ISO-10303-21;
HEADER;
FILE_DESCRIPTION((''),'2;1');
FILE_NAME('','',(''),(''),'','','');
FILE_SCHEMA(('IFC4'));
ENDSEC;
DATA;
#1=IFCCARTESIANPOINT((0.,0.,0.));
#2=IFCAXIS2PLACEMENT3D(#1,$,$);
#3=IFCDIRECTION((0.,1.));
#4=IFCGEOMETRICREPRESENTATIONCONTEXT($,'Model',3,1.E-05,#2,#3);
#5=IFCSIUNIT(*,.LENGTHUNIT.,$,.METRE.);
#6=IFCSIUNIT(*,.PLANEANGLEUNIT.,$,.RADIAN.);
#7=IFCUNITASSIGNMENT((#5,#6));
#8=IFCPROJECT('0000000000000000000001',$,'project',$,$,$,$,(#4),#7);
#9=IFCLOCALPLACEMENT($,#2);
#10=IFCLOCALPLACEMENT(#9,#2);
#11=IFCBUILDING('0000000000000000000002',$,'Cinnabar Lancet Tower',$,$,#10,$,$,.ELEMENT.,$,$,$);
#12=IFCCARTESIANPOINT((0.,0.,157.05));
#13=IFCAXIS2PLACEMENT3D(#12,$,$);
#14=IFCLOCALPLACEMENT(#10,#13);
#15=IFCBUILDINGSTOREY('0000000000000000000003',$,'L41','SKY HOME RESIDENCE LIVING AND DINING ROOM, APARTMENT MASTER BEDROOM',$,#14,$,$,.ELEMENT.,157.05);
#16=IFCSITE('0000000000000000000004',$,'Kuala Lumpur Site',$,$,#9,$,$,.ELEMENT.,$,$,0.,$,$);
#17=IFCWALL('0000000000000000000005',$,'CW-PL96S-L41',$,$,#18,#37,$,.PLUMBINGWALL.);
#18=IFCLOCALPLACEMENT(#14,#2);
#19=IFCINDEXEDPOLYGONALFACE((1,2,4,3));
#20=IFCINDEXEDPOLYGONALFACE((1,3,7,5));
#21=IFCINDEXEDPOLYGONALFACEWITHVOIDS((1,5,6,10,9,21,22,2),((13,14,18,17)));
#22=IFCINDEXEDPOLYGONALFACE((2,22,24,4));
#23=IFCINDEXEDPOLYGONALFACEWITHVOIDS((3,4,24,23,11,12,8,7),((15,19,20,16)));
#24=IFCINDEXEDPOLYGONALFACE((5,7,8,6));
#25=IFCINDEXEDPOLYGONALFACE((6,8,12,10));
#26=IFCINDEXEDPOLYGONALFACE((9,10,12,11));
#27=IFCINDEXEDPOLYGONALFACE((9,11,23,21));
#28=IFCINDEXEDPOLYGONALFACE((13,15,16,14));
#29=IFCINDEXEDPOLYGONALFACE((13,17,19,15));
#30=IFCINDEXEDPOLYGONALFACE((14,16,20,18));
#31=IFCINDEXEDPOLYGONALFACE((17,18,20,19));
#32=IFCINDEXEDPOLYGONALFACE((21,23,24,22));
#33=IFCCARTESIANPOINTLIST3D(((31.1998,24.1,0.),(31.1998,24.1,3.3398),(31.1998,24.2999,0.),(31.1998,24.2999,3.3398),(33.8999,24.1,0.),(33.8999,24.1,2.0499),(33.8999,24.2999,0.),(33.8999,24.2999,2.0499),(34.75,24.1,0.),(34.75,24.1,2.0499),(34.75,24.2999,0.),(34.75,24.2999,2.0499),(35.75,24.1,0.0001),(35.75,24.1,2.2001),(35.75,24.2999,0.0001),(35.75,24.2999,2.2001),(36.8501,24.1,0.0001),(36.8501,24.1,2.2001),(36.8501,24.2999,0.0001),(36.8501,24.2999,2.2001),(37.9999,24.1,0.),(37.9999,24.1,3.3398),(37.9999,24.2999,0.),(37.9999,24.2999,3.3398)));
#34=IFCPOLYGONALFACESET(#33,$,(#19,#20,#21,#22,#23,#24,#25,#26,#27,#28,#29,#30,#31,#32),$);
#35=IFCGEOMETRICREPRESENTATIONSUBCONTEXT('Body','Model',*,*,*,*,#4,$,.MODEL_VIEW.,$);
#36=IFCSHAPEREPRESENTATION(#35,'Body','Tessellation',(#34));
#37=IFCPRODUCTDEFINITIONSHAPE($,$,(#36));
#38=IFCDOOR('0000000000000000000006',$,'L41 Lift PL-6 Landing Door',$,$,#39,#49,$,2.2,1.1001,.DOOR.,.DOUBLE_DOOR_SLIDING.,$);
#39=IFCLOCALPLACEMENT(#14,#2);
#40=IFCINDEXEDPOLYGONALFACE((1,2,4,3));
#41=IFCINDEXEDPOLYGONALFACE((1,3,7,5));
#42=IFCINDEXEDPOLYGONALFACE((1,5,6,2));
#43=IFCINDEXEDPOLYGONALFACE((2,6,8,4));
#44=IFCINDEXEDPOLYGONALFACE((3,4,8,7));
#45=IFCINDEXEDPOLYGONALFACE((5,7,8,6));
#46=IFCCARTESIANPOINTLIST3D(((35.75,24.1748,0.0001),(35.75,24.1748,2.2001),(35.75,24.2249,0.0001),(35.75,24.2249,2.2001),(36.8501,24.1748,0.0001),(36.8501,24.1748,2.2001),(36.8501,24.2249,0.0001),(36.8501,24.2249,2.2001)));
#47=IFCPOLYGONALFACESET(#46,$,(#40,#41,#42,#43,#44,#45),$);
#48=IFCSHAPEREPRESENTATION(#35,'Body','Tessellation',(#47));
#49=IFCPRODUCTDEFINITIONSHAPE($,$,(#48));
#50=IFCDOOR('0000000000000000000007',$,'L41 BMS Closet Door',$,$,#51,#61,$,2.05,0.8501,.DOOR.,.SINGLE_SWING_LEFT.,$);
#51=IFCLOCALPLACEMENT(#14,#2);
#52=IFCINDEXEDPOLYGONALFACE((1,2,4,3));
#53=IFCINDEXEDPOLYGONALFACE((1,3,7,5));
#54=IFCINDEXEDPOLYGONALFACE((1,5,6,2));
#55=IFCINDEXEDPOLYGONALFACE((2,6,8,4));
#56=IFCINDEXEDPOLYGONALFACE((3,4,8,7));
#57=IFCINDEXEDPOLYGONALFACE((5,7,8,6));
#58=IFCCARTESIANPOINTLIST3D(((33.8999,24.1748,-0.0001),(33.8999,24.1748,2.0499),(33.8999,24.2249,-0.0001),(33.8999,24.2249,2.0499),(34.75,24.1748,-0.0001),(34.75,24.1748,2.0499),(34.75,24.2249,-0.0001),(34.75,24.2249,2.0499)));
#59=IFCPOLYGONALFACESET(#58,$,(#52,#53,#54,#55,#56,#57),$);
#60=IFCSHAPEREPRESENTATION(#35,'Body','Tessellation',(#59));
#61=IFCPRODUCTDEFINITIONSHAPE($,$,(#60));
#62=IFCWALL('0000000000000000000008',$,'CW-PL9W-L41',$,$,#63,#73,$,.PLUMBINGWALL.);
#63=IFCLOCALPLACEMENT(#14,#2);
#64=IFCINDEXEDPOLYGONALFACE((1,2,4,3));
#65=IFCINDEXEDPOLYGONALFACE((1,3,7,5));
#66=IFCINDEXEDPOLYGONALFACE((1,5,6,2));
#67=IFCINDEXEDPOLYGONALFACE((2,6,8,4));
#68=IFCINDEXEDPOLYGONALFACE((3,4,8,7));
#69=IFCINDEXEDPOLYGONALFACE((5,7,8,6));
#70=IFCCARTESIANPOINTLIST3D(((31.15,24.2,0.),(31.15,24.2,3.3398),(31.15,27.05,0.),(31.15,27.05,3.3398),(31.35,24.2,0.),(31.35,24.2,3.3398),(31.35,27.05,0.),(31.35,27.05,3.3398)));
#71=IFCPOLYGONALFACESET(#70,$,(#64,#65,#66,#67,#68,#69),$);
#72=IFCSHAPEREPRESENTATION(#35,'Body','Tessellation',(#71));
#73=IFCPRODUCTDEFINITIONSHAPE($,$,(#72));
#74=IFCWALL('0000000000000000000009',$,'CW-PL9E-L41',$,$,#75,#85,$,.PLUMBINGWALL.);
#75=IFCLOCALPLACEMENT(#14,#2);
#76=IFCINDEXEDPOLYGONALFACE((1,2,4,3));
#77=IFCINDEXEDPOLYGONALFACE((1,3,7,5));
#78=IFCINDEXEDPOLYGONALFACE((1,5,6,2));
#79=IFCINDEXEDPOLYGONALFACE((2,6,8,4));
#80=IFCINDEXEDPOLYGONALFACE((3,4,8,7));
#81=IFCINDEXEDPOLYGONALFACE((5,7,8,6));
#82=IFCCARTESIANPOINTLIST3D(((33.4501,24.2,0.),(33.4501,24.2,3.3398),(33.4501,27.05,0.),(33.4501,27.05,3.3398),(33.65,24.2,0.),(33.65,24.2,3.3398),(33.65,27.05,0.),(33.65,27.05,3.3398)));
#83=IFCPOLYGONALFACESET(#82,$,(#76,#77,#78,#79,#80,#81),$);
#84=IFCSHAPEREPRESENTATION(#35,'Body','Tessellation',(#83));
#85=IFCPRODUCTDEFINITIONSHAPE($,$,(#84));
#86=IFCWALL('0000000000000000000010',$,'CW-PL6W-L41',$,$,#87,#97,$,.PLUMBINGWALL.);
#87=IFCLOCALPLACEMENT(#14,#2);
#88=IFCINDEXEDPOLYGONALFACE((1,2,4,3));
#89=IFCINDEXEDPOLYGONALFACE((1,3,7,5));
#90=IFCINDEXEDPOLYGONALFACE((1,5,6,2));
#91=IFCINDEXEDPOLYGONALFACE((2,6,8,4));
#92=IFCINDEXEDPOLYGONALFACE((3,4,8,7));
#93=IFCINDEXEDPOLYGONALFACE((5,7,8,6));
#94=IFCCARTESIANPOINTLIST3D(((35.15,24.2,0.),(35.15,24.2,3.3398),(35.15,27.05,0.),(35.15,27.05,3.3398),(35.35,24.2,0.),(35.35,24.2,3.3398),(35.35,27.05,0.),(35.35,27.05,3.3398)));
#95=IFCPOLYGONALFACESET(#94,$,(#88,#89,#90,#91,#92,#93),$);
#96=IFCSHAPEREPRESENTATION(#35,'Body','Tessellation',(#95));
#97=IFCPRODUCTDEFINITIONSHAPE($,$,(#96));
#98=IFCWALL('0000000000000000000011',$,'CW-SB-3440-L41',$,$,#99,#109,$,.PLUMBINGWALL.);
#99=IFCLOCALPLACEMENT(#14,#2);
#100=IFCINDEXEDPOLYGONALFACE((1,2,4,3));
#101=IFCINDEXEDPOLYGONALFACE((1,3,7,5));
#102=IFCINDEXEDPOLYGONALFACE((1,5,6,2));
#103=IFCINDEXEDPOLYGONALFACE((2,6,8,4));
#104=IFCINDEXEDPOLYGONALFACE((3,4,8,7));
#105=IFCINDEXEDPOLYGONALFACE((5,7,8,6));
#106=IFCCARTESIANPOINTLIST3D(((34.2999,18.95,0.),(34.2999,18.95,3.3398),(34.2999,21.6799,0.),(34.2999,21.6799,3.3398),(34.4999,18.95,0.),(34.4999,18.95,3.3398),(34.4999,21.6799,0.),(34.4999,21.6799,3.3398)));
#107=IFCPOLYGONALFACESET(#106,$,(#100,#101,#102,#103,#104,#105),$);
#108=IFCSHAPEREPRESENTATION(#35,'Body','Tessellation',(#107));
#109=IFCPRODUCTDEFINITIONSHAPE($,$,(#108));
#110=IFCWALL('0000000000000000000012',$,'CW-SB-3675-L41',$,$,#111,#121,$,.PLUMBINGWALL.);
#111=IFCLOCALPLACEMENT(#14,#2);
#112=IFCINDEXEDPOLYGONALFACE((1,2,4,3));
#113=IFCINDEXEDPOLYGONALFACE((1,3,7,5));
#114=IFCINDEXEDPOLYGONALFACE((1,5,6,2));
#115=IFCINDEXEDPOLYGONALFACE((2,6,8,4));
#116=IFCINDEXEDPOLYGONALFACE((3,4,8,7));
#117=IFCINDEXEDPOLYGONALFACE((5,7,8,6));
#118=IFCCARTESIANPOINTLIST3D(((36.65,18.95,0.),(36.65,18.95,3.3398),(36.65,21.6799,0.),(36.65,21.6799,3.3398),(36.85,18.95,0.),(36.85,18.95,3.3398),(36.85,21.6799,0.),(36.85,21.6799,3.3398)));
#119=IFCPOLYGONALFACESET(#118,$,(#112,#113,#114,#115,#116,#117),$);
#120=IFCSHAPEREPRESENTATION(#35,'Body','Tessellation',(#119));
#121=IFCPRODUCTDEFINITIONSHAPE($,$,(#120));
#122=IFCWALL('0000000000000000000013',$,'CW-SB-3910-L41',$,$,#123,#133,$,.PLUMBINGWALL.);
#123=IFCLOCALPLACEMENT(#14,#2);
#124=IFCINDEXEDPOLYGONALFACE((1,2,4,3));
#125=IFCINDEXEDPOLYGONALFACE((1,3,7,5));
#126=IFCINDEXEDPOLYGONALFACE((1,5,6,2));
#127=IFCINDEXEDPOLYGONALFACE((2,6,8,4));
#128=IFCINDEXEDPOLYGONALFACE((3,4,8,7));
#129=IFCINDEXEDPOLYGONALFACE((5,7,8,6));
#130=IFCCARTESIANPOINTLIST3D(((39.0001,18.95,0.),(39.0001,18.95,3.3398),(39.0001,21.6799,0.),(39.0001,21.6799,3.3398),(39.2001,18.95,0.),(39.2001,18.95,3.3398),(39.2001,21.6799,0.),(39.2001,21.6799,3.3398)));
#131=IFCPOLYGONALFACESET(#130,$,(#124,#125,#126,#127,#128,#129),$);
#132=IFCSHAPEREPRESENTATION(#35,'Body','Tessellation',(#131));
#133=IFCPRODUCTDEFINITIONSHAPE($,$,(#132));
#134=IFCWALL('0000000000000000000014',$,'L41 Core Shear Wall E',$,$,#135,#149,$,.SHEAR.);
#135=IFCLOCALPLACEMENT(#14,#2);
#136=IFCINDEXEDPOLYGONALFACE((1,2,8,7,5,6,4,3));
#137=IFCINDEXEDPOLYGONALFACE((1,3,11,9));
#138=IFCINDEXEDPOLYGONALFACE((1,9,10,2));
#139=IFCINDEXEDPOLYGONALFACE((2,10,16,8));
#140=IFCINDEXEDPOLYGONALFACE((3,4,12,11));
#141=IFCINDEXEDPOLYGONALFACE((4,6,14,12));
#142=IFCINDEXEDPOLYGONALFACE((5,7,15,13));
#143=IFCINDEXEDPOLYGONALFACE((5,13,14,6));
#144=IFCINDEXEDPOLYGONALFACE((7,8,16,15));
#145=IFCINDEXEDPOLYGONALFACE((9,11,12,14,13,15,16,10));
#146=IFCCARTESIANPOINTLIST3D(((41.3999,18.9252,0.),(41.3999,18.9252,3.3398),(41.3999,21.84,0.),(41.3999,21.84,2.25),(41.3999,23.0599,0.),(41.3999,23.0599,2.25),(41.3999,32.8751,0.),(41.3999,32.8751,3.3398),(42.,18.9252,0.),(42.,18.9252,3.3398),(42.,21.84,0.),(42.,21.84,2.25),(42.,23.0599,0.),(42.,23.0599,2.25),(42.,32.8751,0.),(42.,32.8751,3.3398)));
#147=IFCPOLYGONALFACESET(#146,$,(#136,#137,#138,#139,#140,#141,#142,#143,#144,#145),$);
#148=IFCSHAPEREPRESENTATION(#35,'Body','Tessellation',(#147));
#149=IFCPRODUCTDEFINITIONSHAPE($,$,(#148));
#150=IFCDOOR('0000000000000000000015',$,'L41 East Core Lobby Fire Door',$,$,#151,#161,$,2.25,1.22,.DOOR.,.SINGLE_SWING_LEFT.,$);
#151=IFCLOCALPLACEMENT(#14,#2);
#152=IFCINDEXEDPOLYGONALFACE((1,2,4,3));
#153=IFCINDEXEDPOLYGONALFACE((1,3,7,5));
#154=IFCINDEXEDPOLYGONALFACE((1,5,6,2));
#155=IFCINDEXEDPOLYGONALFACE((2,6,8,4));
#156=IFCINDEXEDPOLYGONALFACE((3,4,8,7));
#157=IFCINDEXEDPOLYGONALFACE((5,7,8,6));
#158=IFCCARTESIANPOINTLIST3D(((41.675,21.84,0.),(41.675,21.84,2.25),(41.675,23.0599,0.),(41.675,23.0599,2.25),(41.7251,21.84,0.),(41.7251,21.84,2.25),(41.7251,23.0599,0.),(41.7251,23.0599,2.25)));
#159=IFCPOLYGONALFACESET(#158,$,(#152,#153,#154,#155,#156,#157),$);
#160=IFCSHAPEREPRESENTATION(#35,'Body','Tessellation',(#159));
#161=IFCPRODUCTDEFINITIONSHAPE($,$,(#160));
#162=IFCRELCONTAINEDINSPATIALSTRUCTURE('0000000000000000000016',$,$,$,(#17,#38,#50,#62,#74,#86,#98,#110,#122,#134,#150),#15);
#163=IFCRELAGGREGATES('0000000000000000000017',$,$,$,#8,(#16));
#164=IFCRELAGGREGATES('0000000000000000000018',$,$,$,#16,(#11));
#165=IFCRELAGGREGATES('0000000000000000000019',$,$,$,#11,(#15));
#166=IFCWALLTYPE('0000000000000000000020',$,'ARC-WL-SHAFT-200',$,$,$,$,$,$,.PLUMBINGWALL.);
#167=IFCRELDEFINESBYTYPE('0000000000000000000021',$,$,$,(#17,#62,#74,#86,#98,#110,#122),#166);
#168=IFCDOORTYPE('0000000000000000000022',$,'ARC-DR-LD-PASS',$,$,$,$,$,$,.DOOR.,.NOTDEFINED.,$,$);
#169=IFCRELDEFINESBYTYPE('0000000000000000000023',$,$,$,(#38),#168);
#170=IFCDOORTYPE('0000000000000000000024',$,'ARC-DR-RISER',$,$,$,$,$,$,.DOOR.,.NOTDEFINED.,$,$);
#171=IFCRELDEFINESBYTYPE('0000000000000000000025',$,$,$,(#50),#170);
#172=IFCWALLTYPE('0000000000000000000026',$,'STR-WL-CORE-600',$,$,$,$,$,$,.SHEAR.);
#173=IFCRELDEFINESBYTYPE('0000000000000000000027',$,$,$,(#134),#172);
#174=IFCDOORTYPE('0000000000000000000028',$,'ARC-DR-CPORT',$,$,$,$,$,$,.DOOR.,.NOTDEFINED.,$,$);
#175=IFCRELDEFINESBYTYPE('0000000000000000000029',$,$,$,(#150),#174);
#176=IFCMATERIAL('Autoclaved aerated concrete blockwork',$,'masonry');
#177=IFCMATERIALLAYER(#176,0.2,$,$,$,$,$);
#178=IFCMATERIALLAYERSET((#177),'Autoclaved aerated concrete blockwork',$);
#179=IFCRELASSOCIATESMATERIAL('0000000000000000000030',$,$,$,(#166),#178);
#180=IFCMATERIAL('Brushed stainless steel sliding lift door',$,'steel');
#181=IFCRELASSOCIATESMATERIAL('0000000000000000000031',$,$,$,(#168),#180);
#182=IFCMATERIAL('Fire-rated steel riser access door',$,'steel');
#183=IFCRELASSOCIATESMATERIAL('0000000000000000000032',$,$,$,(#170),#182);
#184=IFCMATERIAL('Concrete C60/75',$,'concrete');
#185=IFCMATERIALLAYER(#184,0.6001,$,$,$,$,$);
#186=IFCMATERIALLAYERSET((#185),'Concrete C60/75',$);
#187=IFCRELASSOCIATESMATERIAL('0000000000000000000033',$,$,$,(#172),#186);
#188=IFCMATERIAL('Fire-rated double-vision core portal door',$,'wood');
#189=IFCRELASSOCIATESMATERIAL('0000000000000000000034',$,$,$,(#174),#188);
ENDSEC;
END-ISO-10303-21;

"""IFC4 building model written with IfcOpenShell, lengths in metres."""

from ifc_helpers import new_model, si_unit, direction, frame, frame_2d, origin, place, context, subcontext, project, spatial, rectangle, extrude, material, layer, layer_set, type_object, element, fill, save


model = new_model("IFC4")

# Units and contexts
model_context = context("Model", 3, precision=1e-05, world=origin(), true_north=direction((0.0, 1.0)))
body_context = subcontext(model_context, "Body", "Model", "MODEL_VIEW")
ifc_project = project(units=[si_unit("LENGTHUNIT", "METRE"), si_unit("PLANEANGLEUNIT", "RADIAN")], contexts=[model_context])

# Site, building, storey
site_placement = place(None, origin())
site = spatial("IfcSite", under=ifc_project, at=site_placement, Name="Kuala Lumpur Site", CompositionType="ELEMENT", RefElevation=0.0)
building_placement = place(site_placement, origin())
building = spatial("IfcBuilding", under=site, at=building_placement, Name="Cinnabar Lancet Tower", CompositionType="ELEMENT")
storey_placement = place(building_placement, frame((0.0, 0.0, 157.05)))
storey = spatial("IfcBuildingStorey", under=building, at=storey_placement, Name="L41", Description="SKY HOME RESIDENCE LIVING AND DINING ROOM, APARTMENT MASTER BEDROOM", CompositionType="ELEMENT", Elevation=157.05)

# Shared definitions
ifc_material_1 = material(Name="Autoclaved aerated concrete blockwork", Category="masonry")
ifc_layer_1 = layer(ifc_material_1, 0.2)
ifc_layer_set_1 = layer_set([ifc_layer_1], Name="Autoclaved aerated concrete blockwork")
wall_type_1 = type_object("IfcWallType", Name="ARC-WL-SHAFT-200", PredefinedType="PLUMBINGWALL", material=ifc_layer_set_1)

# Wall, openings, doors
wall_1_placement = place(storey_placement, frame((31.2, 24.2, 0.0), z_axis=(0.0, 0.0, 1.0), x_axis=(1.0, 0.0, 0.0)))
wall_1 = element("IfcWall", 1, at=wall_1_placement, inside=storey, type_object=wall_type_1, Name="CW-PL96S-L41", PredefinedType="PLUMBINGWALL", context=body_context, shape_type="SweptSolid", body=[
    extrude(rectangle(XDim=6.8, YDim=0.2, at=frame_2d((3.3999, 0.0))), origin(), (0.0, 0.0, 1.0), 3.3398),
])
opening_1_placement = place(wall_1_placement, frame((2.7, 0.0, 0.0)))
opening_1 = element("IfcOpeningElement", 2, at=opening_1_placement, cuts=wall_1, PredefinedType="OPENING", context=body_context, shape_type="SweptSolid", body=[
    extrude(rectangle(XDim=0.8501, YDim=2.05, at=frame_2d((0.425, 1.0249))), frame((0.0, 0.1099, 0.0), z_axis=(0.0, -1.0, 0.0), x_axis=(1.0, 0.0, 0.0)), (0.0, 0.0, 1.0), 0.22),
])
opening_2_placement = place(wall_1_placement, frame((4.55, 0.0, 0.0)))
opening_2 = element("IfcOpeningElement", 3, at=opening_2_placement, cuts=wall_1, PredefinedType="OPENING", context=body_context, shape_type="SweptSolid", body=[
    extrude(rectangle(XDim=1.1001, YDim=2.2, at=frame_2d((0.55, 1.1001))), frame((0.0, 0.1099, 0.0), z_axis=(0.0, -1.0, 0.0), x_axis=(1.0, 0.0, 0.0)), (0.0, 0.0, 1.0), 0.22),
])
ifc_material_2 = material(Name="Brushed stainless steel sliding lift door", Category="steel")
door_type_1 = type_object("IfcDoorType", Name="ARC-DR-LD-PASS", OperationType="NOTDEFINED", PredefinedType="DOOR", material=ifc_material_2)
door_1_placement = place(opening_2_placement, origin())
door_1 = element("IfcDoor", 4, at=door_1_placement, inside=storey, type_object=door_type_1, Name="L41 Lift PL-6 Landing Door", OperationType="DOUBLE_DOOR_SLIDING", OverallHeight=2.2, OverallWidth=1.1001, PredefinedType="DOOR", context=body_context, shape_type="SweptSolid", body=[
    extrude(rectangle(XDim=1.1001, YDim=2.2, at=frame_2d((0.55, 1.1001))), frame((0.0, 0.0249, 0.0), z_axis=(0.0, -1.0, 0.0), x_axis=(1.0, 0.0, 0.0)), (0.0, 0.0, 1.0), 0.05),
])
fill(opening_2, door_1)
ifc_material_3 = material(Name="Fire-rated steel riser access door", Category="steel")
door_type_2 = type_object("IfcDoorType", Name="ARC-DR-RISER", OperationType="NOTDEFINED", PredefinedType="DOOR", material=ifc_material_3)
door_2_placement = place(opening_1_placement, origin())
door_2 = element("IfcDoor", 5, at=door_2_placement, inside=storey, type_object=door_type_2, Name="L41 BMS Closet Door", OperationType="SINGLE_SWING_LEFT", OverallHeight=2.05, OverallWidth=0.8501, PredefinedType="DOOR", context=body_context, shape_type="SweptSolid", body=[
    extrude(rectangle(XDim=0.8501, YDim=2.05, at=frame_2d((0.425, 1.0249))), frame((0.0, 0.0249, 0.0), z_axis=(0.0, -1.0, 0.0), x_axis=(1.0, 0.0, 0.0)), (0.0, 0.0, 1.0), 0.05),
])
fill(opening_1, door_2)

# Walls
for number, where, z_axis, x_axis, name in (
    (6, (31.25, 24.2, 0.0), (0.0, 0.0, 1.0), (0.0, 1.0, 0.0), "CW-PL9W-L41"),
    (7, (33.55, 24.2, 0.0), (0.0, 0.0, 1.0), (0.0, 1.0, 0.0), "CW-PL9E-L41"),
    (8, (35.25, 24.2, 0.0), (0.0, 0.0, 1.0), (0.0, 1.0, 0.0), "CW-PL6W-L41"),
):
    element("IfcWall", number, at=place(storey_placement, frame(where, z_axis=z_axis, x_axis=x_axis)), inside=storey, type_object=wall_type_1, Name=name, PredefinedType="PLUMBINGWALL", context=body_context, shape_type="SweptSolid", body=[
        extrude(rectangle(XDim=2.8501, YDim=0.2, at=frame_2d((1.425, 0.0))), origin(), (0.0, 0.0, 1.0), 3.3398),
    ])
for number, where, z_axis, x_axis, name in (
    (9, (34.3999, 18.95, 0.0), (0.0, 0.0, 1.0), (0.0, 1.0, 0.0), "CW-SB-3440-L41"),
    (10, (36.75, 18.95, 0.0), (0.0, 0.0, 1.0), (0.0, 1.0, 0.0), "CW-SB-3675-L41"),
    (11, (39.1001, 18.95, 0.0), (0.0, 0.0, 1.0), (0.0, 1.0, 0.0), "CW-SB-3910-L41"),
):
    element("IfcWall", number, at=place(storey_placement, frame(where, z_axis=z_axis, x_axis=x_axis)), inside=storey, type_object=wall_type_1, Name=name, PredefinedType="PLUMBINGWALL", context=body_context, shape_type="SweptSolid", body=[
        extrude(rectangle(XDim=2.73, YDim=0.2, at=frame_2d((1.365, 0.0))), origin(), (0.0, 0.0, 1.0), 3.3398),
    ])

# Wall, opening, door
ifc_material_4 = material(Name="Concrete C60/75", Category="concrete")
ifc_layer_2 = layer(ifc_material_4, 0.6001)
ifc_layer_set_2 = layer_set([ifc_layer_2], Name="Concrete C60/75")
wall_type_2 = type_object("IfcWallType", Name="STR-WL-CORE-600", PredefinedType="SHEAR", material=ifc_layer_set_2)
wall_2_placement = place(storey_placement, frame((41.7, 18.925, 0.0), z_axis=(0.0, 0.0, 1.0), x_axis=(0.0, 1.0, 0.0)))
wall_2 = element("IfcWall", 12, at=wall_2_placement, inside=storey, type_object=wall_type_2, Name="L41 Core Shear Wall E", PredefinedType="SHEAR", context=body_context, shape_type="SweptSolid", body=[
    extrude(rectangle(XDim=13.95, YDim=0.6001, at=frame_2d((6.9751, 0.0))), origin(), (0.0, 0.0, 1.0), 3.3398),
])
opening_3_placement = place(wall_2_placement, frame((2.915, 0.0, 0.0)))
opening_3 = element("IfcOpeningElement", 13, at=opening_3_placement, cuts=wall_2, PredefinedType="OPENING", context=body_context, shape_type="SweptSolid", body=[
    extrude(rectangle(XDim=1.22, YDim=2.25, at=frame_2d((0.6099, 1.125))), frame((0.0, 0.3101, 0.0), z_axis=(0.0, -1.0, 0.0), x_axis=(1.0, 0.0, 0.0)), (0.0, 0.0, 1.0), 0.6201),
])
ifc_material_5 = material(Name="Fire-rated double-vision core portal door", Category="wood")
door_type_3 = type_object("IfcDoorType", Name="ARC-DR-CPORT", OperationType="NOTDEFINED", PredefinedType="DOOR", material=ifc_material_5)
door_3_placement = place(opening_3_placement, origin())
door_3 = element("IfcDoor", 14, at=door_3_placement, inside=storey, type_object=door_type_3, Name="L41 East Core Lobby Fire Door", OperationType="SINGLE_SWING_LEFT", OverallHeight=2.25, OverallWidth=1.22, PredefinedType="DOOR", context=body_context, shape_type="SweptSolid", body=[
    extrude(rectangle(XDim=1.22, YDim=2.25, at=frame_2d((0.6099, 1.125))), frame((0.0, 0.0249, 0.0), z_axis=(0.0, -1.0, 0.0), x_axis=(1.0, 0.0, 0.0)), (0.0, 0.0, 1.0), 0.05),
])
fill(opening_3, door_3)

save(model, "model.ifc")
